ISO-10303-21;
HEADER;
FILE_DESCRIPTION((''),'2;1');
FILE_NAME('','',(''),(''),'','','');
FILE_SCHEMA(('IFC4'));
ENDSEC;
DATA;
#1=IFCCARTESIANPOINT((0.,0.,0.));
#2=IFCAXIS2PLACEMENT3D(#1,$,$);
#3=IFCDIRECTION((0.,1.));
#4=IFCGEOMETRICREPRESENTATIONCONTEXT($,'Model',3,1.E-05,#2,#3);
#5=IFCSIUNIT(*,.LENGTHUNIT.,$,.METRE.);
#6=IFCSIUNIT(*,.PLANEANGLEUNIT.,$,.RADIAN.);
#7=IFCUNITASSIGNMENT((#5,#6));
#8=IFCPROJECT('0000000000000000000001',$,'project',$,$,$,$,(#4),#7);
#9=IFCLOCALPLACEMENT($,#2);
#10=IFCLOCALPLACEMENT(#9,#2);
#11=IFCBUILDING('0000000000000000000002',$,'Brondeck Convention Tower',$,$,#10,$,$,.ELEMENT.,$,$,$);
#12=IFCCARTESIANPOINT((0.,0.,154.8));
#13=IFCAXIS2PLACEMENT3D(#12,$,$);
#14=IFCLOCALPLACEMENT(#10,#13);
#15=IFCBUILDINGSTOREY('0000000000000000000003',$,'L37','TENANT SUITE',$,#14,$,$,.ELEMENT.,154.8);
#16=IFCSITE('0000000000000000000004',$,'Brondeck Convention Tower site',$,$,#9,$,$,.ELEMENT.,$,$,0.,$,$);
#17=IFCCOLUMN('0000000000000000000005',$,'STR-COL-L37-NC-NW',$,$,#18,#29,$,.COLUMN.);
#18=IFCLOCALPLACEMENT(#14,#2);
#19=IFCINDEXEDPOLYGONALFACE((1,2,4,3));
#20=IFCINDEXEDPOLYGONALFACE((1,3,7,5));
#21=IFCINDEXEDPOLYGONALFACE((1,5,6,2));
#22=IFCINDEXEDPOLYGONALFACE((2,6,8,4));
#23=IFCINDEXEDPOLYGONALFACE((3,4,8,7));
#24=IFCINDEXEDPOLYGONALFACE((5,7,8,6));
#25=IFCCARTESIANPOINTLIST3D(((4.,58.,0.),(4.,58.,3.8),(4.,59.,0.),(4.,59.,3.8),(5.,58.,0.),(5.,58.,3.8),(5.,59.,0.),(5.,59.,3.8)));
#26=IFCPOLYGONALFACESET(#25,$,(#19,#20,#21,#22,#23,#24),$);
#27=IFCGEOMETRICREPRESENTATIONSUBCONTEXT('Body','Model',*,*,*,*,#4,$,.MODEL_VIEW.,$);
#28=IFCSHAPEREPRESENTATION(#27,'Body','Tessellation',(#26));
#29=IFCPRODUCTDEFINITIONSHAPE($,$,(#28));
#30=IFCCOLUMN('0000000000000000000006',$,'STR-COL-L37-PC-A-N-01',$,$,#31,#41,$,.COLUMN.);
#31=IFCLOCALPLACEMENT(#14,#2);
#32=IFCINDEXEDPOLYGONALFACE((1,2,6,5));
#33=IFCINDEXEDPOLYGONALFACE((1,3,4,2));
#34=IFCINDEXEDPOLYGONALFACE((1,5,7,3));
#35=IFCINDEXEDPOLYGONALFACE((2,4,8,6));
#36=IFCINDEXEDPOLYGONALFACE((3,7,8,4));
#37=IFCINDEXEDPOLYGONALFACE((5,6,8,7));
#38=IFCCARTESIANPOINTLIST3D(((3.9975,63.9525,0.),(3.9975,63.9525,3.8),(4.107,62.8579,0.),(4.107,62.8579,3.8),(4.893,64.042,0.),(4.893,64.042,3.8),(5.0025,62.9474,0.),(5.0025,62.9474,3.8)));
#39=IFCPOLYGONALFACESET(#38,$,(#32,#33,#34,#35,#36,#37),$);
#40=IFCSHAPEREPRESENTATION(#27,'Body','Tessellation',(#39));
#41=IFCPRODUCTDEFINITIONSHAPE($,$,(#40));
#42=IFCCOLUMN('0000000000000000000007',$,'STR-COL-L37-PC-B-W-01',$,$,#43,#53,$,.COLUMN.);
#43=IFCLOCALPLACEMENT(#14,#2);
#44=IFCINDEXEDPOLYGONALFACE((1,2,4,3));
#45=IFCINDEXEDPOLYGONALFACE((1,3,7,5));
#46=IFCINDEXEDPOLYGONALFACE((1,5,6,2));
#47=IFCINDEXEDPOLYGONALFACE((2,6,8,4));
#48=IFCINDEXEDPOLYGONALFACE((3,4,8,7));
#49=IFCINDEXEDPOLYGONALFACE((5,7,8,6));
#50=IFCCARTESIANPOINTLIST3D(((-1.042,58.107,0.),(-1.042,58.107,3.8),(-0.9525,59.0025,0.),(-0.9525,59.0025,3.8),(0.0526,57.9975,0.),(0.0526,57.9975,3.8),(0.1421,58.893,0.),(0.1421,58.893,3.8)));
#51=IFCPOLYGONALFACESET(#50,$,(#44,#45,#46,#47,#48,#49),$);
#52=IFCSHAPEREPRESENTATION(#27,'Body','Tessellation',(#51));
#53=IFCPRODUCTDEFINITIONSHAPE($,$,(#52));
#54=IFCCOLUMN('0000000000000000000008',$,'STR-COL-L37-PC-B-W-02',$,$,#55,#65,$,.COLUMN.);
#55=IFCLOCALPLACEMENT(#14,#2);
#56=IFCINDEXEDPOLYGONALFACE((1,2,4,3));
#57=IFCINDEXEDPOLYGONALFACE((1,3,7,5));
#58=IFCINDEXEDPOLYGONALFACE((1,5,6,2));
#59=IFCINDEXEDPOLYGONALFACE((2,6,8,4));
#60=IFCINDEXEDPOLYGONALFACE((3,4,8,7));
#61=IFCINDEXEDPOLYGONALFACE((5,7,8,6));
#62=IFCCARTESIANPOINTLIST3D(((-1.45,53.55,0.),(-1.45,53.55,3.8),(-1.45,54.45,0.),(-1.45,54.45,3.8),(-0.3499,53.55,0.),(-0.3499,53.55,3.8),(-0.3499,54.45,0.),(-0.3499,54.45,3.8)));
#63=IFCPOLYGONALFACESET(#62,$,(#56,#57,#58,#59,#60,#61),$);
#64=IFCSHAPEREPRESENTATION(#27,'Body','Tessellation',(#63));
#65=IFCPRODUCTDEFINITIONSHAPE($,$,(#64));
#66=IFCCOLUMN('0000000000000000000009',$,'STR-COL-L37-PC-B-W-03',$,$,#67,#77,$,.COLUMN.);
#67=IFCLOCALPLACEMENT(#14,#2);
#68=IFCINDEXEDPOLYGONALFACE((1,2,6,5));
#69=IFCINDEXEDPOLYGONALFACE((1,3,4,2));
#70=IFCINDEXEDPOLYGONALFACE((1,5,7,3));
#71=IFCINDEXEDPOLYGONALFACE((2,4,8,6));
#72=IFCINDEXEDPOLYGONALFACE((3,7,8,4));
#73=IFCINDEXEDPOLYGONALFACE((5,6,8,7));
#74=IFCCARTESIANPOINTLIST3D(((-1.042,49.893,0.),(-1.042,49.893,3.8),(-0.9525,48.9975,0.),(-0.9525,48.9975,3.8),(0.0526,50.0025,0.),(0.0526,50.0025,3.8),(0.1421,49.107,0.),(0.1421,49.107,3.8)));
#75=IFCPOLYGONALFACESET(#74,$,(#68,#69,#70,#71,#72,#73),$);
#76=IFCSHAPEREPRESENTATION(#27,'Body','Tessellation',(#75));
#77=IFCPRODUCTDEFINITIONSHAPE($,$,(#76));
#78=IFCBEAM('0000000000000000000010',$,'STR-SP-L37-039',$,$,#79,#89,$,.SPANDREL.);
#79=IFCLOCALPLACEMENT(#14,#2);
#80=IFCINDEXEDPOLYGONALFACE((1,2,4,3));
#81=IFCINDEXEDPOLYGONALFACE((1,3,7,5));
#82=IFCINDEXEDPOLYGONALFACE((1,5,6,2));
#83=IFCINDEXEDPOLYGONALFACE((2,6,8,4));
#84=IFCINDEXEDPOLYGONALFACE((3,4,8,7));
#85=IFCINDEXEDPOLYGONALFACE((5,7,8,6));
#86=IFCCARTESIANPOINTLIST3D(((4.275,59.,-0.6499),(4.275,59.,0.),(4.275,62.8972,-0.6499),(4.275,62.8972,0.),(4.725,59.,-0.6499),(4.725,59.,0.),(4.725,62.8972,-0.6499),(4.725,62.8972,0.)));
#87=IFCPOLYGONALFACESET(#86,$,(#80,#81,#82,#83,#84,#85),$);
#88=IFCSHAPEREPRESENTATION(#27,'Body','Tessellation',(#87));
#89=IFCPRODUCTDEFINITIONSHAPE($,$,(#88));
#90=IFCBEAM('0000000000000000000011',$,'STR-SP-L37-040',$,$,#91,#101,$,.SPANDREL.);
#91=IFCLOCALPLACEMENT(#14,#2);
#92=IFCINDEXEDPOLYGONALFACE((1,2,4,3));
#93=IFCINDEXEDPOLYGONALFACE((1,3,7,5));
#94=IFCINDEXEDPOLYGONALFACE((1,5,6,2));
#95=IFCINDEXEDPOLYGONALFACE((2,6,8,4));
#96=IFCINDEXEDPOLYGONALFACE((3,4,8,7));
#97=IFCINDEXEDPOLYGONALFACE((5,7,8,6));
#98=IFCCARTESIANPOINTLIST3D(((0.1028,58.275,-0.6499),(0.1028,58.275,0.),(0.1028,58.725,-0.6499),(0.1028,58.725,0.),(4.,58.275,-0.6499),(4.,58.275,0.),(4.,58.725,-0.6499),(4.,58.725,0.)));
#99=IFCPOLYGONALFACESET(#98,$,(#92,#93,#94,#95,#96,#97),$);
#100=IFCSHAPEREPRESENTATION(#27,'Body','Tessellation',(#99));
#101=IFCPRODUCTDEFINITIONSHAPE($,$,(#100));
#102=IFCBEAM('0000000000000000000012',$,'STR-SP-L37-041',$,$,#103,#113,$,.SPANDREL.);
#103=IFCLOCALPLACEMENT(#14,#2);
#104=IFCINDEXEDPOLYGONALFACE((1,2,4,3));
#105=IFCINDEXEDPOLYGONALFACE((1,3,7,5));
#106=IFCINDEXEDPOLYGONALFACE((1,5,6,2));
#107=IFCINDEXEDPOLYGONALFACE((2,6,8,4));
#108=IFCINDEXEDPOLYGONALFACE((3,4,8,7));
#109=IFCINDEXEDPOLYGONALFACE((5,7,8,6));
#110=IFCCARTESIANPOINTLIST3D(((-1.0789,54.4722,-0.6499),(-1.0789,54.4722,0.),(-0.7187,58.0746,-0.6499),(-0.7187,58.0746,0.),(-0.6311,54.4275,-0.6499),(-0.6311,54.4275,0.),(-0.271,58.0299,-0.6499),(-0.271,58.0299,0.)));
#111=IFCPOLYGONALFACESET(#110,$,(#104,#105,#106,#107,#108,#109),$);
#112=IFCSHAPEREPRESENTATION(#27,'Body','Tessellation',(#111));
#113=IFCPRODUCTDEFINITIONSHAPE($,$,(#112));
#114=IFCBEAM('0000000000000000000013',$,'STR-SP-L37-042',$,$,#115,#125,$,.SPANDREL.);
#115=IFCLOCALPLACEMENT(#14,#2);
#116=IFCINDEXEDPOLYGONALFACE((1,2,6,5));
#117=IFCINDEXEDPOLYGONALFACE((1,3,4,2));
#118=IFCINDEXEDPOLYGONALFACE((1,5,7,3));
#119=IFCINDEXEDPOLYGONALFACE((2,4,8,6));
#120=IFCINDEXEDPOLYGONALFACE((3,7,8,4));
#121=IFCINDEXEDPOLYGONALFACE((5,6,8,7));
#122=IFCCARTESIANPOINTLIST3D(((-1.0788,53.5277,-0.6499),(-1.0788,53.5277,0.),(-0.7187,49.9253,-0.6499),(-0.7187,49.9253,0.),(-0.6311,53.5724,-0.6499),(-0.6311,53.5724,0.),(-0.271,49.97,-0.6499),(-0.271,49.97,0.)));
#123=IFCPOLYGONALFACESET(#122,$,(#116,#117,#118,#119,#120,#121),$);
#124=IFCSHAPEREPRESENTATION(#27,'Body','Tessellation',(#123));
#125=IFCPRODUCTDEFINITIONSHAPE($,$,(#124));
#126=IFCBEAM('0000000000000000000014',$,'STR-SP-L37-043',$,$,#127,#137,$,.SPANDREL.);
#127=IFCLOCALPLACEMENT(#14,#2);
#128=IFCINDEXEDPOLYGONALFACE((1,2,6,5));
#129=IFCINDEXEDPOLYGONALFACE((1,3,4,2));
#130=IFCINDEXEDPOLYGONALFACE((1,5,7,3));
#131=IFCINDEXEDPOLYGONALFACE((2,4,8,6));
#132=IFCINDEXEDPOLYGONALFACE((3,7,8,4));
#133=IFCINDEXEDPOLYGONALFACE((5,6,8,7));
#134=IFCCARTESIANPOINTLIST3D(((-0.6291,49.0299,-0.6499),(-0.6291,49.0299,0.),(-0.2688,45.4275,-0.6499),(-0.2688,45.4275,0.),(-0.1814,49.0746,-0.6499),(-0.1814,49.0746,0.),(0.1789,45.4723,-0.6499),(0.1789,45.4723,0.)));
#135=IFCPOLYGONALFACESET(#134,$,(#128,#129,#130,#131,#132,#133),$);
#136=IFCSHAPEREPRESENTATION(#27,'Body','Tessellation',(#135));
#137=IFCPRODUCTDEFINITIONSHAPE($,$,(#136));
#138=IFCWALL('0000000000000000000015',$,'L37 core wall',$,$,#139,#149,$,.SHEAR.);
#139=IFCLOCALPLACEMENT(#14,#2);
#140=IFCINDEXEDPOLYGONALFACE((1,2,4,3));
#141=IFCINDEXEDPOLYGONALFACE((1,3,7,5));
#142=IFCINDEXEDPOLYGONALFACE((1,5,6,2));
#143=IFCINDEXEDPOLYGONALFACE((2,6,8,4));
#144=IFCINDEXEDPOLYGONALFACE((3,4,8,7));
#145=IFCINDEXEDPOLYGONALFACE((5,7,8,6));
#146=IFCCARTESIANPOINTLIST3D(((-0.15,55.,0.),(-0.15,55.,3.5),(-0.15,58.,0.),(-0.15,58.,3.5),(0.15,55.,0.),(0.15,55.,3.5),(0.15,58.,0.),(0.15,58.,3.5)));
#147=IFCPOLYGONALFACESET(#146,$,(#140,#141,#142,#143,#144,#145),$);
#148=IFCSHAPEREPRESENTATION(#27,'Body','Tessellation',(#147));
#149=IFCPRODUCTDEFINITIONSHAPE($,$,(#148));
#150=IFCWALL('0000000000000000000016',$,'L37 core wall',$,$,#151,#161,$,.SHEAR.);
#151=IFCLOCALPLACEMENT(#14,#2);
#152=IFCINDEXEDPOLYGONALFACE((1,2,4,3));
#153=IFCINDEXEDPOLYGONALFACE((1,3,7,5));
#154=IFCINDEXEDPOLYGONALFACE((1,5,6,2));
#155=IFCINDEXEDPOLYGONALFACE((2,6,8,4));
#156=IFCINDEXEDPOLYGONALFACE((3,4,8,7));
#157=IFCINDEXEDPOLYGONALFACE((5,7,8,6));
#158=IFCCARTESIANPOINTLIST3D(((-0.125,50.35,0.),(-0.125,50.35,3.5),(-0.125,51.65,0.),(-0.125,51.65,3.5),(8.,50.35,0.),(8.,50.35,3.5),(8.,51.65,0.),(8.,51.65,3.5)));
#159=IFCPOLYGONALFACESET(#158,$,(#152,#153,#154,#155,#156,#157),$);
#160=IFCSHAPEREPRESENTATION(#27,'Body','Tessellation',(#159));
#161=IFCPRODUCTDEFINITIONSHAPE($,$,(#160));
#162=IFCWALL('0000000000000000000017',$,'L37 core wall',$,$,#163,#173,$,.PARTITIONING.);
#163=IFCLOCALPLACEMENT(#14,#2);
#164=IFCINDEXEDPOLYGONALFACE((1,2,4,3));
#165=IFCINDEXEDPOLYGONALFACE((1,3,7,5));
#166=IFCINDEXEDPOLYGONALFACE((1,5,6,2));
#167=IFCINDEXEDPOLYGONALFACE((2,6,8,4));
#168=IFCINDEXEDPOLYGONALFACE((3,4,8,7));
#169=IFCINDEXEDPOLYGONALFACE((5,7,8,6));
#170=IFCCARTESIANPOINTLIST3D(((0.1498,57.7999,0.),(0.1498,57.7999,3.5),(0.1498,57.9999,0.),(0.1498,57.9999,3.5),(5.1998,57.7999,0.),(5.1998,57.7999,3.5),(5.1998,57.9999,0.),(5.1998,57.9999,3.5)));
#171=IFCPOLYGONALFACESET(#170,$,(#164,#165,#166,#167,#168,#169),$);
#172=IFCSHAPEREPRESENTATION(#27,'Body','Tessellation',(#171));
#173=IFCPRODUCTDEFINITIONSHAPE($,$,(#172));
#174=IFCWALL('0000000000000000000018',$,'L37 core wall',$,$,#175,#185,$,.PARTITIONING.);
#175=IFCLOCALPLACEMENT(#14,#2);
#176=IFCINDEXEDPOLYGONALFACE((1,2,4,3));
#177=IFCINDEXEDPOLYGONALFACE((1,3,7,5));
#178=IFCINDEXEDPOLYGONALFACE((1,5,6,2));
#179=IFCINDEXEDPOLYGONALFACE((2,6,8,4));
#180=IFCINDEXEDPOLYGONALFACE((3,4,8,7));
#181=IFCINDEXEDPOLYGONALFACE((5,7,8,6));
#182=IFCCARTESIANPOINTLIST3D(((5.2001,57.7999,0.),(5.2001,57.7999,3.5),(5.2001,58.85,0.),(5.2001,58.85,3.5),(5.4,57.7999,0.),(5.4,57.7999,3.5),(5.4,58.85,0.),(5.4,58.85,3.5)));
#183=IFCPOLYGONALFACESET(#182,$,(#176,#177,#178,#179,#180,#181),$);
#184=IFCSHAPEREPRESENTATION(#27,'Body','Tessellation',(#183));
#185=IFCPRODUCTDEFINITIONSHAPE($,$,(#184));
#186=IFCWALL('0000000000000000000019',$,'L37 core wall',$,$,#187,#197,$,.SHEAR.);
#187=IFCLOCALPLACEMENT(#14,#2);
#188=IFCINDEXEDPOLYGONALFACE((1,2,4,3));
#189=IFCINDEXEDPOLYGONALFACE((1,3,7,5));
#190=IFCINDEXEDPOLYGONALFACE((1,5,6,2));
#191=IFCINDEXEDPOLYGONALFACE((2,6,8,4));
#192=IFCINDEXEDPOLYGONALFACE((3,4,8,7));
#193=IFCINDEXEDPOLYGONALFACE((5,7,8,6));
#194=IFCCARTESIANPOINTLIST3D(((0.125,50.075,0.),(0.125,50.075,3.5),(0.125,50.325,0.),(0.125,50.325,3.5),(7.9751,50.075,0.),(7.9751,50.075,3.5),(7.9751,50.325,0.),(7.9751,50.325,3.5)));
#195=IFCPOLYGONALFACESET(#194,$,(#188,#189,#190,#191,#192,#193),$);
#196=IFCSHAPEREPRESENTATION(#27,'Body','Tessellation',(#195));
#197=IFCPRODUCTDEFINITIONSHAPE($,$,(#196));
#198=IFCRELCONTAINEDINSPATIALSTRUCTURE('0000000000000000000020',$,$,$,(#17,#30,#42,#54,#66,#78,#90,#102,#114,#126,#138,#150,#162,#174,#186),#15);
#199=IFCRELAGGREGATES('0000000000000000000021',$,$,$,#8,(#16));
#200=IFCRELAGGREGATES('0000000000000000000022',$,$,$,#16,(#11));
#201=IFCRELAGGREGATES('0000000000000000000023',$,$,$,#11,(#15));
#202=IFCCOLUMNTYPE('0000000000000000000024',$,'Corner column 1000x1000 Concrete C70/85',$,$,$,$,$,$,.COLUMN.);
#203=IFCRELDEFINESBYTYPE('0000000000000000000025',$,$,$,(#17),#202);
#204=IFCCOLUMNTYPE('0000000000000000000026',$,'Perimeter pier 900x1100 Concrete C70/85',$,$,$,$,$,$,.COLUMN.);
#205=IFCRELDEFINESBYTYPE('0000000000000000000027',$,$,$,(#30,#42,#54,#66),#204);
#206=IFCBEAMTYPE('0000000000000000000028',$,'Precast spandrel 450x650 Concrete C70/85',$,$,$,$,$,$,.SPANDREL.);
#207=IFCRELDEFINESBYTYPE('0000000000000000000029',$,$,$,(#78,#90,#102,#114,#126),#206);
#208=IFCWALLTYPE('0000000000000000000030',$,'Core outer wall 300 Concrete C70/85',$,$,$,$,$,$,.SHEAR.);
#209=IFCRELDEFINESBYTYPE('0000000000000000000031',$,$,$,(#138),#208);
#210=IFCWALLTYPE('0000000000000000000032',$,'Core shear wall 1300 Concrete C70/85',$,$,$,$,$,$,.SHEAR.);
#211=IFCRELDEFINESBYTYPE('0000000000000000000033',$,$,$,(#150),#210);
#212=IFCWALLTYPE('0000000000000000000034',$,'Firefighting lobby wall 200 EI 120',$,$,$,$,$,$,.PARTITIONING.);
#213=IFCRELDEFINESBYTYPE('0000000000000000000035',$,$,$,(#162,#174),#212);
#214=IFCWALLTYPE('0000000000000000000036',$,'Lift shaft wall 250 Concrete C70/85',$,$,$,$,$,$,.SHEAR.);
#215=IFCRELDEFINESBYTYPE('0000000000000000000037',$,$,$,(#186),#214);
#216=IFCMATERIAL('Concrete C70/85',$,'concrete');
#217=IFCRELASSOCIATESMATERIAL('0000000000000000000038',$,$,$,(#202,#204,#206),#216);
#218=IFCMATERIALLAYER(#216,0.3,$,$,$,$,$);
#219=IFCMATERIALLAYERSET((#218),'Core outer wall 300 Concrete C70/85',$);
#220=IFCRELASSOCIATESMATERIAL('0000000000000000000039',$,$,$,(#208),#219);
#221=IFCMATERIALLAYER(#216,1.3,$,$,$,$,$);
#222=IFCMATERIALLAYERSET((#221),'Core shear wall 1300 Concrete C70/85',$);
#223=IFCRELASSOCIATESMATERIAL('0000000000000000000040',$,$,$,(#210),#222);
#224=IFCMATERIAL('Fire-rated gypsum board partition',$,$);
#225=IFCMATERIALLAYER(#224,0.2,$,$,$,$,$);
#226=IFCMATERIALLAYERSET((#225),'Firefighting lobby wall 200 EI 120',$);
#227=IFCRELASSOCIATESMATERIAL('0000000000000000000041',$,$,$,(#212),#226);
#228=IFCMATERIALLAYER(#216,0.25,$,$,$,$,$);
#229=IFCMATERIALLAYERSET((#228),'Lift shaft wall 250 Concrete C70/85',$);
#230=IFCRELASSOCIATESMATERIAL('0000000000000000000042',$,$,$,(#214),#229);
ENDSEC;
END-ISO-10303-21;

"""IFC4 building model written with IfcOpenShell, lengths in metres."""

from ifc_helpers import new_model, si_unit, direction, frame, frame_2d, origin, origin_2d, place, context, subcontext, project, spatial, rectangle, extrude, material, layer, layer_set, material_profile, profile_set, type_object, element, save


model = new_model("IFC4")

# Units and contexts
model_context = context("Model", 3, precision=1e-05, world=origin(), true_north=direction((0.0, 1.0)))
body_context = subcontext(model_context, "Body", "Model", "MODEL_VIEW")
ifc_project = project(units=[si_unit("LENGTHUNIT", "METRE"), si_unit("PLANEANGLEUNIT", "RADIAN")], contexts=[model_context])

# Site, building, storey
site_placement = place(None, origin())
site = spatial("IfcSite", under=ifc_project, at=site_placement, Name="Brondeck Convention Tower site", CompositionType="ELEMENT", RefElevation=0.0)
building_placement = place(site_placement, origin())
building = spatial("IfcBuilding", under=site, at=building_placement, Name="Brondeck Convention Tower", CompositionType="ELEMENT")
storey_placement = place(building_placement, frame((0.0, 0.0, 154.8)))
storey = spatial("IfcBuildingStorey", under=building, at=storey_placement, Name="L37", Description="TENANT SUITE", CompositionType="ELEMENT", Elevation=154.8)

# Columns
ifc_material_1 = material(Name="Concrete C70/85", Category="concrete")
ifc_material_profile_1 = material_profile(ifc_material_1, rectangle(XDim=1.0, YDim=1.0, at=origin_2d()), Name="Corner column 1000x1000 Concrete C70/85")
ifc_profile_set_1 = profile_set([ifc_material_profile_1], Name="Concrete C70/85")
column_type_1 = type_object("IfcColumnType", Name="Corner column 1000x1000 Concrete C70/85", PredefinedType="COLUMN", material=ifc_profile_set_1)
column_placement = place(storey_placement, frame((4.5, 58.5, 0.0), z_axis=(0.0, 0.0, 1.0), x_axis=(1.0, 0.0, 0.0)))
element("IfcColumn", 1, at=column_placement, inside=storey, type_object=column_type_1, Name="STR-COL-L37-NC-NW", PredefinedType="COLUMN", context=body_context, shape_type="SweptSolid", body=[
    extrude(rectangle(XDim=1.0, YDim=1.0, at=origin_2d()), origin(), (0.0, 0.0, 1.0), 3.8),
])
ifc_material_profile_2 = material_profile(ifc_material_1, rectangle(XDim=0.8999, YDim=1.1001, at=origin_2d()), Name="Perimeter pier 900x1100 Concrete C70/85")
ifc_profile_set_2 = profile_set([ifc_material_profile_2], Name="Concrete C70/85")
column_type_2 = type_object("IfcColumnType", Name="Perimeter pier 900x1100 Concrete C70/85", PredefinedType="COLUMN", material=ifc_profile_set_2)
for number, where, z_axis, x_axis, name in (
    (2, (4.5, 63.45, 0.0), (0.0, 0.0, 1.0), (-0.995037, -0.099504, 0.0), "STR-COL-L37-PC-A-N-01"),
    (3, (-0.45, 58.5, 0.0), (0.0, 0.0, 1.0), (-0.099504, -0.995037, 0.0), "STR-COL-L37-PC-B-W-01"),
    (4, (-0.8999, 54.0, 0.0), (0.0, 0.0, 1.0), (0.0, -1.0, 0.0), "STR-COL-L37-PC-B-W-02"),
    (5, (-0.45, 49.5, 0.0), (0.0, 0.0, 1.0), (0.099504, -0.995037, 0.0), "STR-COL-L37-PC-B-W-03"),
):
    element("IfcColumn", number, at=place(storey_placement, frame(where, z_axis=z_axis, x_axis=x_axis)), inside=storey, type_object=column_type_2, Name=name, PredefinedType="COLUMN", context=body_context, shape_type="SweptSolid", body=[
        extrude(rectangle(XDim=0.8999, YDim=1.1001, at=origin_2d()), origin(), (0.0, 0.0, 1.0), 3.8),
    ])

# Beams
ifc_material_profile_3 = material_profile(ifc_material_1, rectangle(XDim=0.45, YDim=0.6499, at=origin_2d()), Name="Precast spandrel 450x650 Concrete C70/85")
ifc_profile_set_3 = profile_set([ifc_material_profile_3], Name="Concrete C70/85")
beam_type = type_object("IfcBeamType", Name="Precast spandrel 450x650 Concrete C70/85", PredefinedType="SPANDREL", material=ifc_profile_set_3)
for number, where, z_axis, x_axis, name in (
    (6, (4.5, 62.8972, -0.325), (0.0, -1.0, 0.0), (1.0, 0.0, 0.0), "STR-SP-L37-039"),
    (7, (4.0, 58.5, -0.325), (-1.0, 0.0, 0.0), (0.0, -1.0, 0.0), "STR-SP-L37-040"),
):
    element("IfcBeam", number, at=place(storey_placement, frame(where, z_axis=z_axis, x_axis=x_axis)), inside=storey, type_object=beam_type, Name=name, PredefinedType="SPANDREL", context=body_context, shape_type="SweptSolid", body=[
        extrude(rectangle(XDim=0.45, YDim=0.6499, at=origin_2d()), origin(), (0.0, 0.0, 1.0), 3.8972),
    ])
for number, where, z_axis, x_axis, name in (
    (8, (-0.4949, 58.0522, -0.325), (-0.09947, -0.995041, 0.0), (0.995041, -0.09947, 0.0), "STR-SP-L37-041"),
    (9, (-0.855, 53.55, -0.325), (0.09947, -0.995041, 0.0), (0.995041, 0.09947, 0.0), "STR-SP-L37-042"),
    (10, (-0.4053, 49.0522, -0.325), (0.099537, -0.995034, 0.0), (0.995034, 0.099537, 0.0), "STR-SP-L37-043"),
):
    element("IfcBeam", number, at=place(storey_placement, frame(where, z_axis=z_axis, x_axis=x_axis)), inside=storey, type_object=beam_type, Name=name, PredefinedType="SPANDREL", context=body_context, shape_type="SweptSolid", body=[
        extrude(rectangle(XDim=0.45, YDim=0.6499, at=origin_2d()), origin(), (0.0, 0.0, 1.0), 3.6204),
    ])

# Walls
ifc_layer_1 = layer(ifc_material_1, 0.3)
ifc_layer_set_1 = layer_set([ifc_layer_1], Name="Core outer wall 300 Concrete C70/85")
wall_type_1 = type_object("IfcWallType", Name="Core outer wall 300 Concrete C70/85", PredefinedType="SHEAR", material=ifc_layer_set_1)
wall_1_placement = place(storey_placement, frame((0.0, 55.0, 0.0), z_axis=(0.0, 0.0, 1.0), x_axis=(0.0, 1.0, 0.0)))
element("IfcWall", 11, at=wall_1_placement, inside=storey, type_object=wall_type_1, Name="L37 core wall", PredefinedType="SHEAR", context=body_context, shape_type="SweptSolid", body=[
    extrude(rectangle(XDim=3.0, YDim=0.3, at=frame_2d((1.5, 0.0))), origin(), (0.0, 0.0, 1.0), 3.5),
])
ifc_layer_2 = layer(ifc_material_1, 1.3)
ifc_layer_set_2 = layer_set([ifc_layer_2], Name="Core shear wall 1300 Concrete C70/85")
wall_type_2 = type_object("IfcWallType", Name="Core shear wall 1300 Concrete C70/85", PredefinedType="SHEAR", material=ifc_layer_set_2)
wall_2_placement = place(storey_placement, frame((-0.125, 51.0, 0.0), z_axis=(0.0, 0.0, 1.0), x_axis=(1.0, 0.0, 0.0)))
element("IfcWall", 12, at=wall_2_placement, inside=storey, type_object=wall_type_2, Name="L37 core wall", PredefinedType="SHEAR", context=body_context, shape_type="SweptSolid", body=[
    extrude(rectangle(XDim=8.125, YDim=1.3, at=frame_2d((4.0625, 0.0))), origin(), (0.0, 0.0, 1.0), 3.5),
])
ifc_material_2 = material(Name="Fire-rated gypsum board partition")
ifc_layer_3 = layer(ifc_material_2, 0.2)
ifc_layer_set_3 = layer_set([ifc_layer_3], Name="Firefighting lobby wall 200 EI 120")
wall_type_3 = type_object("IfcWallType", Name="Firefighting lobby wall 200 EI 120", PredefinedType="PARTITIONING", material=ifc_layer_set_3)
wall_3_placement = place(storey_placement, frame((0.1499, 57.8999, 0.0), z_axis=(0.0, 0.0, 1.0), x_axis=(1.0, 0.0, 0.0)))
element("IfcWall", 13, at=wall_3_placement, inside=storey, type_object=wall_type_3, Name="L37 core wall", PredefinedType="PARTITIONING", context=body_context, shape_type="SweptSolid", body=[
    extrude(rectangle(XDim=5.05, YDim=0.2, at=frame_2d((2.5249, 0.0))), origin(), (0.0, 0.0, 1.0), 3.5),
])
wall_4_placement = place(storey_placement, frame((5.3, 57.8, 0.0), z_axis=(0.0, 0.0, 1.0), x_axis=(0.0, 1.0, 0.0)))
element("IfcWall", 14, at=wall_4_placement, inside=storey, type_object=wall_type_3, Name="L37 core wall", PredefinedType="PARTITIONING", context=body_context, shape_type="SweptSolid", body=[
    extrude(rectangle(XDim=1.05, YDim=0.2, at=frame_2d((0.5249, 0.0))), origin(), (0.0, 0.0, 1.0), 3.5),
])
ifc_layer_4 = layer(ifc_material_1, 0.25)
ifc_layer_set_4 = layer_set([ifc_layer_4], Name="Lift shaft wall 250 Concrete C70/85")
wall_type_4 = type_object("IfcWallType", Name="Lift shaft wall 250 Concrete C70/85", PredefinedType="SHEAR", material=ifc_layer_set_4)
for number, where, z_axis, x_axis, name in (
    (15, (0.125, 50.2, 0.0), (0.0, 0.0, 1.0), (1.0, 0.0, 0.0), "L37 core wall"),
):
    element("IfcWall", number, at=place(storey_placement, frame(where, z_axis=z_axis, x_axis=x_axis)), inside=storey, type_object=wall_type_4, Name=name, PredefinedType="SHEAR", context=body_context, shape_type="SweptSolid", body=[
        extrude(rectangle(XDim=7.8501, YDim=0.25, at=frame_2d((3.925, 0.0))), origin(), (0.0, 0.0, 1.0), 3.5),
    ])

save(model, "model.ifc")
